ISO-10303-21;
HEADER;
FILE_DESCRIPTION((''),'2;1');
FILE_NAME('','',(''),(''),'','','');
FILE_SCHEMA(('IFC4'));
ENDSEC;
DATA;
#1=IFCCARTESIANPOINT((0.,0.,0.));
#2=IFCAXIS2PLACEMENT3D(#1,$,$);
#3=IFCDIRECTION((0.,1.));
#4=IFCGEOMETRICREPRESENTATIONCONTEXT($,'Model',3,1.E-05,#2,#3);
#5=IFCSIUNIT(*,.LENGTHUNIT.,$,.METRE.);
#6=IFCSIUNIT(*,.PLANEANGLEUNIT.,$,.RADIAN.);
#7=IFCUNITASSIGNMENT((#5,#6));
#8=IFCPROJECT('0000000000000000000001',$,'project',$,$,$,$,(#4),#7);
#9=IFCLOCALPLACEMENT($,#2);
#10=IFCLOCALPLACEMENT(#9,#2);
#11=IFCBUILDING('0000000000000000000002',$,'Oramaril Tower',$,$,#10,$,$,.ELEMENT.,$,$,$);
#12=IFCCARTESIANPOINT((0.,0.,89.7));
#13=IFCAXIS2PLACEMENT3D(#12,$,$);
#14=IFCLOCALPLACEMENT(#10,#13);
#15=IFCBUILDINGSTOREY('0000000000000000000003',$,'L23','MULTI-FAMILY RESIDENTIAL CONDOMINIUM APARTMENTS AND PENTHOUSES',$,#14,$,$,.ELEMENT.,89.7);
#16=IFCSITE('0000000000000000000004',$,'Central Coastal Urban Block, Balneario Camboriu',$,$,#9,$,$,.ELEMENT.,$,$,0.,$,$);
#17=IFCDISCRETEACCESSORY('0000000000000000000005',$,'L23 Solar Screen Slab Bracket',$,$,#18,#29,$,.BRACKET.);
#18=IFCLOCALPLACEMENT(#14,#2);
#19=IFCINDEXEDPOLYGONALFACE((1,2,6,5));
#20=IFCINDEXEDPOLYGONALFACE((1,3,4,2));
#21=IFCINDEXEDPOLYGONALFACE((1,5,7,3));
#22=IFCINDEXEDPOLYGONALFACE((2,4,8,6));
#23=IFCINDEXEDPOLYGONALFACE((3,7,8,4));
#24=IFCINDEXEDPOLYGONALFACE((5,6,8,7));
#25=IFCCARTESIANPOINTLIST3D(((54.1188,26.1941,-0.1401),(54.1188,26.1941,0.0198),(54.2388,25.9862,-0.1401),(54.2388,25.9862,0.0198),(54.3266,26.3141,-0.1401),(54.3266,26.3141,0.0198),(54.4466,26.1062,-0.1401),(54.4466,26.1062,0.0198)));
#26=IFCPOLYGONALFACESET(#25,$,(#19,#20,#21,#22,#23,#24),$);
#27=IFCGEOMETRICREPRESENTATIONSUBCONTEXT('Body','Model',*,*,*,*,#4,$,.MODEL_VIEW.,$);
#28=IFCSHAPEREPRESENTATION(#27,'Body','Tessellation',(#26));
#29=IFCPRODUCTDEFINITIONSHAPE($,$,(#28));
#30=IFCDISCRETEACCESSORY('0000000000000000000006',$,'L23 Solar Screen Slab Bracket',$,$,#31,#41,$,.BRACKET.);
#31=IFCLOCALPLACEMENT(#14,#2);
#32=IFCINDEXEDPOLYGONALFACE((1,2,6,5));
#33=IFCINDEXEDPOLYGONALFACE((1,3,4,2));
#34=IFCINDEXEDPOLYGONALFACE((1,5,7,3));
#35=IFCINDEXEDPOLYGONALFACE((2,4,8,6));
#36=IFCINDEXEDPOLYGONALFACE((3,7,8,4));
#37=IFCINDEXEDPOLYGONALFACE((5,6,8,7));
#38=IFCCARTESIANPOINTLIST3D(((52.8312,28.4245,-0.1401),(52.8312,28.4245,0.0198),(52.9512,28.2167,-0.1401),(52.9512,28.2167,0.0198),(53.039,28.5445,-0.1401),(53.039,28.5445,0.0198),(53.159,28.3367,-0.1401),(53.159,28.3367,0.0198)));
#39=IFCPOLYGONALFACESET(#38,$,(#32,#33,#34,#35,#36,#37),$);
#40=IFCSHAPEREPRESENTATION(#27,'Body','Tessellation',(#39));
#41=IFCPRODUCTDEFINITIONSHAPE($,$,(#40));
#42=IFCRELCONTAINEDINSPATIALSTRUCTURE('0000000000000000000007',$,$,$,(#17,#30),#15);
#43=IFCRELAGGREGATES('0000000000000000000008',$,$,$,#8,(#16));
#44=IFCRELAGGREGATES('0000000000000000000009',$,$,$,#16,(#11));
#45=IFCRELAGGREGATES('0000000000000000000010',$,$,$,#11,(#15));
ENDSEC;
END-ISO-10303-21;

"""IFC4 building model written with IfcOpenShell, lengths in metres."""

from ifc_helpers import new_model, si_unit, direction, frame, origin, origin_2d, place, context, subcontext, project, spatial, rectangle, extrude, element, save


model = new_model("IFC4")

# Units and contexts
model_context = context("Model", 3, precision=1e-05, world=origin(), true_north=direction((0.0, 1.0)))
body_context = subcontext(model_context, "Body", "Model", "MODEL_VIEW")
ifc_project = project(units=[si_unit("LENGTHUNIT", "METRE"), si_unit("PLANEANGLEUNIT", "RADIAN")], contexts=[model_context])

# Site, building, storey
site_placement = place(None, origin())
site = spatial("IfcSite", under=ifc_project, at=site_placement, Name="Central Coastal Urban Block, Balneario Camboriu", CompositionType="ELEMENT", RefElevation=0.0)
building_placement = place(site_placement, origin())
building = spatial("IfcBuilding", under=site, at=building_placement, Name="Oramaril Tower", CompositionType="ELEMENT")
storey_placement = place(building_placement, frame((0.0, 0.0, 89.7)))
storey = spatial("IfcBuildingStorey", under=building, at=storey_placement, Name="L23", Description="MULTI-FAMILY RESIDENTIAL CONDOMINIUM APARTMENTS AND PENTHOUSES", CompositionType="ELEMENT", Elevation=89.7)

# Discrete accessories
for number, where, z_axis, x_axis, name in (
    (1, (54.2827, 26.1501, -0.1401), (0.0, 0.0, 1.0), (-0.5, 0.866025, 0.0), "L23 Solar Screen Slab Bracket"),
    (2, (52.9951, 28.3806, -0.1401), (0.0, 0.0, 1.0), (-0.5, 0.866025, 0.0), "L23 Solar Screen Slab Bracket"),
):
    element("IfcDiscreteAccessory", number, at=place(storey_placement, frame(where, z_axis=z_axis, x_axis=x_axis)), inside=storey, Name=name, PredefinedType="BRACKET", context=body_context, shape_type="SweptSolid", body=[
        extrude(rectangle(XDim=0.24, YDim=0.24, at=origin_2d()), origin(), (0.0, 0.0, 1.0), 0.1599),
    ])

save(model, "model.ifc")
